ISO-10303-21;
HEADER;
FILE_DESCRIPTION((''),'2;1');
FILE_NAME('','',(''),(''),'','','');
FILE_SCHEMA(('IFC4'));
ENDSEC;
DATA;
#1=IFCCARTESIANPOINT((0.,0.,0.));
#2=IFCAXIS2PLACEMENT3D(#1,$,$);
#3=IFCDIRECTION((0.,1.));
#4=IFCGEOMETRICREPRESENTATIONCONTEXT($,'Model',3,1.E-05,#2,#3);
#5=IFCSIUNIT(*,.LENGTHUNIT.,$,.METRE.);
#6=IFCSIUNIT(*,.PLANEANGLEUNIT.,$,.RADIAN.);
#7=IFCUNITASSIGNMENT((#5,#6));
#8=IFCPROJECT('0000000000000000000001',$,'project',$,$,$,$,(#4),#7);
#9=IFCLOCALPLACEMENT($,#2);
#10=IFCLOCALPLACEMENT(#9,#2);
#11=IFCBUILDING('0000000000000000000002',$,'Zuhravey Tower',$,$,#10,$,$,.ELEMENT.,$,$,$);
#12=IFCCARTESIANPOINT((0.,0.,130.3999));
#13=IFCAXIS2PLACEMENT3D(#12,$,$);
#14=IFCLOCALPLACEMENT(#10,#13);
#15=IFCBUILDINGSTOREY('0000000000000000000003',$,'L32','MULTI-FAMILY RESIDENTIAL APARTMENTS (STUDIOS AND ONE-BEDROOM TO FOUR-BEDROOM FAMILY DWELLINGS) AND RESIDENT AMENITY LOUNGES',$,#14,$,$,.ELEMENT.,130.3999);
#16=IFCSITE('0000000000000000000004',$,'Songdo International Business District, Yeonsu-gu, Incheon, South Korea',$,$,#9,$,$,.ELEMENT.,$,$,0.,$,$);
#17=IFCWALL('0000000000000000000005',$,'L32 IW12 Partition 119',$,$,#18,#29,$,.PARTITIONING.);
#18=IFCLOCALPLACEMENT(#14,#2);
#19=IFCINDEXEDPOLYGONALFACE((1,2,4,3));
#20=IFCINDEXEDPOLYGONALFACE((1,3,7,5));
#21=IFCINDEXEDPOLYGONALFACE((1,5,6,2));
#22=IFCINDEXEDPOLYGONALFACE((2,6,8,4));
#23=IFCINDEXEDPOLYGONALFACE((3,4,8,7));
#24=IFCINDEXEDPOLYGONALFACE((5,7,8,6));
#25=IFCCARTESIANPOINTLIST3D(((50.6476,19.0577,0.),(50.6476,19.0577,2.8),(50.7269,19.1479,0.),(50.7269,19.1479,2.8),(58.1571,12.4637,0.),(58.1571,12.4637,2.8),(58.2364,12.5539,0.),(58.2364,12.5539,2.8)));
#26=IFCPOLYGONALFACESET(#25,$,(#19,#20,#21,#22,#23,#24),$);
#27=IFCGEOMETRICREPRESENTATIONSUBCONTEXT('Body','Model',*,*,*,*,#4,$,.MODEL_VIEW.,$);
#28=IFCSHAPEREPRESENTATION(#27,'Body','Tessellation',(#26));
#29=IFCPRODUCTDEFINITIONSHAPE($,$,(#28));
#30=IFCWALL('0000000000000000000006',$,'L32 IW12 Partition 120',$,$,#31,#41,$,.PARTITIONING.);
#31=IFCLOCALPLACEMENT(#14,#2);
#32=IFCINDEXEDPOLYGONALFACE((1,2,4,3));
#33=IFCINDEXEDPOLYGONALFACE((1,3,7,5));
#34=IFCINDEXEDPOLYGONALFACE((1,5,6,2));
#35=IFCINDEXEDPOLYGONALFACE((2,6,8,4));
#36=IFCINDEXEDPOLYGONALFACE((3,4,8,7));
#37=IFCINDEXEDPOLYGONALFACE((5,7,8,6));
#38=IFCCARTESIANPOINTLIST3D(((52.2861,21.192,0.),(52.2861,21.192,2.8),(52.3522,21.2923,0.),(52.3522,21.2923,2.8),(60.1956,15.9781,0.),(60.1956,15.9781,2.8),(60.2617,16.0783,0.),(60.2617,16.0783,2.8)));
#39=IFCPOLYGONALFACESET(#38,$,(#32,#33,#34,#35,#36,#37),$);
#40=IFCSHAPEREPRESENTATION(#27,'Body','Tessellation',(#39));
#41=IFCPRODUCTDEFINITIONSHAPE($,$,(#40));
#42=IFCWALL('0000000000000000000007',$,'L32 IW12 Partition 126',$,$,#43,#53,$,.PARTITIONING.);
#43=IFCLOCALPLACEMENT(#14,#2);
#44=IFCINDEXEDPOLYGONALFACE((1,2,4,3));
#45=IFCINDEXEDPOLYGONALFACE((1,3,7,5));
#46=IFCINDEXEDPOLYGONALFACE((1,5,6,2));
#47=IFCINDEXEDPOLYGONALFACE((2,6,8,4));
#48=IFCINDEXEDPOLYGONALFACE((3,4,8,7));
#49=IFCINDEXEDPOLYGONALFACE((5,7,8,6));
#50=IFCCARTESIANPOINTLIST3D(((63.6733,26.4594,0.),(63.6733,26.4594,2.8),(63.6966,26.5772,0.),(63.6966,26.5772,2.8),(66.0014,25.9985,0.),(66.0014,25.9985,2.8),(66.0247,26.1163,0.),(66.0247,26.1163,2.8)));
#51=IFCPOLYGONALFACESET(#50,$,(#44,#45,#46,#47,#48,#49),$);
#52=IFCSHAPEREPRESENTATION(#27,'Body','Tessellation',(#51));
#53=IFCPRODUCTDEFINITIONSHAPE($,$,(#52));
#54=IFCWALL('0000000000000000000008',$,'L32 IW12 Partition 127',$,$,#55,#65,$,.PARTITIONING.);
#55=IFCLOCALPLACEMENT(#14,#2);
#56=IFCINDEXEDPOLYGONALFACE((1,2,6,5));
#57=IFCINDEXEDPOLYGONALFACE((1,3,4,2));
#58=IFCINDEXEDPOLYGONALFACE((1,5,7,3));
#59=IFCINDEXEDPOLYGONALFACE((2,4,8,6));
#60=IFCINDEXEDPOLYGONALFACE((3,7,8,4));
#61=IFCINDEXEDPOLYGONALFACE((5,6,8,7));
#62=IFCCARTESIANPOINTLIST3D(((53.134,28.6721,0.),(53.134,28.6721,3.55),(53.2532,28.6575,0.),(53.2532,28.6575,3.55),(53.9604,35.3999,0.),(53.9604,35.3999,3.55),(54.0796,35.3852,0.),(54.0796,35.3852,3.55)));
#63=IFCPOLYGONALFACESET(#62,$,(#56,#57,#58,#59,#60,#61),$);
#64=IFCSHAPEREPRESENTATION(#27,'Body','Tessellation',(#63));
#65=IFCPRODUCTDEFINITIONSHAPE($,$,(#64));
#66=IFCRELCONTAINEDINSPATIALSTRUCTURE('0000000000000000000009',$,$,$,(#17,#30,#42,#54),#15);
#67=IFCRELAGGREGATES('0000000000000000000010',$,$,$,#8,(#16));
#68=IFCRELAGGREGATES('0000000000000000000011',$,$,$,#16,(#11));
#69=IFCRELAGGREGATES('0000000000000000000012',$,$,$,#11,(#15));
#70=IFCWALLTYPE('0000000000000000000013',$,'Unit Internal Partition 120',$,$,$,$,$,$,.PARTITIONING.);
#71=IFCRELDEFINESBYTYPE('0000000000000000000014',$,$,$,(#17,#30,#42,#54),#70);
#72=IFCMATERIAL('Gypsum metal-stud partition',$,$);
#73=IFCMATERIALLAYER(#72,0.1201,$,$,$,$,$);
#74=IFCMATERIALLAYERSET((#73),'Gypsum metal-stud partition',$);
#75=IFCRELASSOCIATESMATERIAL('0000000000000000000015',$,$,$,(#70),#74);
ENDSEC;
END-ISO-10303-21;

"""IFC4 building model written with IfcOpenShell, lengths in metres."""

from ifc_helpers import new_model, si_unit, direction, frame, frame_2d, origin, place, context, subcontext, project, spatial, rectangle, extrude, material, layer, layer_set, type_object, element, save


model = new_model("IFC4")

# Units and contexts
model_context = context("Model", 3, precision=1e-05, world=origin(), true_north=direction((0.0, 1.0)))
body_context = subcontext(model_context, "Body", "Model", "MODEL_VIEW")
ifc_project = project(units=[si_unit("LENGTHUNIT", "METRE"), si_unit("PLANEANGLEUNIT", "RADIAN")], contexts=[model_context])

# Site, building, storey
site_placement = place(None, origin())
site = spatial("IfcSite", under=ifc_project, at=site_placement, Name="Songdo International Business District, Yeonsu-gu, Incheon, South Korea", CompositionType="ELEMENT", RefElevation=0.0)
building_placement = place(site_placement, origin())
building = spatial("IfcBuilding", under=site, at=building_placement, Name="Zuhravey Tower", CompositionType="ELEMENT")
storey_placement = place(building_placement, frame((0.0, 0.0, 130.3999)))
storey = spatial("IfcBuildingStorey", under=building, at=storey_placement, Name="L32", Description="MULTI-FAMILY RESIDENTIAL APARTMENTS (STUDIOS AND ONE-BEDROOM TO FOUR-BEDROOM FAMILY DWELLINGS) AND RESIDENT AMENITY LOUNGES", CompositionType="ELEMENT", Elevation=130.3999)

# Shared definitions
ifc_material_1 = material(Name="Gypsum metal-stud partition")
ifc_layer_1 = layer(ifc_material_1, 0.1201)
ifc_layer_set_1 = layer_set([ifc_layer_1], Name="Gypsum metal-stud partition")
wall_type_1 = type_object("IfcWallType", Name="Unit Internal Partition 120", PredefinedType="PARTITIONING", material=ifc_layer_set_1)

# Walls
wall_1_placement = place(storey_placement, frame((50.6873, 19.1028, 0.0), z_axis=(0.0, 0.0, 1.0), x_axis=(0.751427, -0.659816, 0.0)))
element("IfcWall", 1, at=wall_1_placement, inside=storey, type_object=wall_type_1, Name="L32 IW12 Partition 119", PredefinedType="PARTITIONING", context=body_context, shape_type="SweptSolid", body=[
    extrude(rectangle(XDim=9.9937, YDim=0.1201, at=frame_2d((4.9968, 0.0))), origin(), (0.0, 0.0, 1.0), 2.8),
])
wall_2_placement = place(storey_placement, frame((52.3191, 21.2422, 0.0), z_axis=(0.0, 0.0, 1.0), x_axis=(0.834918, -0.550375, 0.0)))
element("IfcWall", 2, at=wall_2_placement, inside=storey, type_object=wall_type_1, Name="L32 IW12 Partition 120", PredefinedType="PARTITIONING", context=body_context, shape_type="SweptSolid", body=[
    extrude(rectangle(XDim=9.4734, YDim=0.1201, at=frame_2d((4.7368, 0.0))), origin(), (0.0, 0.0, 1.0), 2.8),
])
wall_3_placement = place(storey_placement, frame((63.6851, 26.5183, 0.0), z_axis=(0.0, 0.0, 1.0), x_axis=(0.980959, -0.194217, 0.0)))
element("IfcWall", 3, at=wall_3_placement, inside=storey, type_object=wall_type_1, Name="L32 IW12 Partition 126", PredefinedType="PARTITIONING", context=body_context, shape_type="SweptSolid", body=[
    extrude(rectangle(XDim=2.3733, YDim=0.1201, at=frame_2d((1.1865, 0.0))), origin(), (0.0, 0.0, 1.0), 2.8),
])
wall_4_placement = place(storey_placement, frame((53.1936, 28.6648, 0.0), z_axis=(0.0, 0.0, 1.0), x_axis=(0.12192, 0.99254, 0.0)))
element("IfcWall", 4, at=wall_4_placement, inside=storey, type_object=wall_type_1, Name="L32 IW12 Partition 127", PredefinedType="PARTITIONING", context=body_context, shape_type="SweptSolid", body=[
    extrude(rectangle(XDim=6.7783, YDim=0.1201, at=frame_2d((3.3892, 0.0))), origin(), (0.0, 0.0, 1.0), 3.55),
])

save(model, "model.ifc")
